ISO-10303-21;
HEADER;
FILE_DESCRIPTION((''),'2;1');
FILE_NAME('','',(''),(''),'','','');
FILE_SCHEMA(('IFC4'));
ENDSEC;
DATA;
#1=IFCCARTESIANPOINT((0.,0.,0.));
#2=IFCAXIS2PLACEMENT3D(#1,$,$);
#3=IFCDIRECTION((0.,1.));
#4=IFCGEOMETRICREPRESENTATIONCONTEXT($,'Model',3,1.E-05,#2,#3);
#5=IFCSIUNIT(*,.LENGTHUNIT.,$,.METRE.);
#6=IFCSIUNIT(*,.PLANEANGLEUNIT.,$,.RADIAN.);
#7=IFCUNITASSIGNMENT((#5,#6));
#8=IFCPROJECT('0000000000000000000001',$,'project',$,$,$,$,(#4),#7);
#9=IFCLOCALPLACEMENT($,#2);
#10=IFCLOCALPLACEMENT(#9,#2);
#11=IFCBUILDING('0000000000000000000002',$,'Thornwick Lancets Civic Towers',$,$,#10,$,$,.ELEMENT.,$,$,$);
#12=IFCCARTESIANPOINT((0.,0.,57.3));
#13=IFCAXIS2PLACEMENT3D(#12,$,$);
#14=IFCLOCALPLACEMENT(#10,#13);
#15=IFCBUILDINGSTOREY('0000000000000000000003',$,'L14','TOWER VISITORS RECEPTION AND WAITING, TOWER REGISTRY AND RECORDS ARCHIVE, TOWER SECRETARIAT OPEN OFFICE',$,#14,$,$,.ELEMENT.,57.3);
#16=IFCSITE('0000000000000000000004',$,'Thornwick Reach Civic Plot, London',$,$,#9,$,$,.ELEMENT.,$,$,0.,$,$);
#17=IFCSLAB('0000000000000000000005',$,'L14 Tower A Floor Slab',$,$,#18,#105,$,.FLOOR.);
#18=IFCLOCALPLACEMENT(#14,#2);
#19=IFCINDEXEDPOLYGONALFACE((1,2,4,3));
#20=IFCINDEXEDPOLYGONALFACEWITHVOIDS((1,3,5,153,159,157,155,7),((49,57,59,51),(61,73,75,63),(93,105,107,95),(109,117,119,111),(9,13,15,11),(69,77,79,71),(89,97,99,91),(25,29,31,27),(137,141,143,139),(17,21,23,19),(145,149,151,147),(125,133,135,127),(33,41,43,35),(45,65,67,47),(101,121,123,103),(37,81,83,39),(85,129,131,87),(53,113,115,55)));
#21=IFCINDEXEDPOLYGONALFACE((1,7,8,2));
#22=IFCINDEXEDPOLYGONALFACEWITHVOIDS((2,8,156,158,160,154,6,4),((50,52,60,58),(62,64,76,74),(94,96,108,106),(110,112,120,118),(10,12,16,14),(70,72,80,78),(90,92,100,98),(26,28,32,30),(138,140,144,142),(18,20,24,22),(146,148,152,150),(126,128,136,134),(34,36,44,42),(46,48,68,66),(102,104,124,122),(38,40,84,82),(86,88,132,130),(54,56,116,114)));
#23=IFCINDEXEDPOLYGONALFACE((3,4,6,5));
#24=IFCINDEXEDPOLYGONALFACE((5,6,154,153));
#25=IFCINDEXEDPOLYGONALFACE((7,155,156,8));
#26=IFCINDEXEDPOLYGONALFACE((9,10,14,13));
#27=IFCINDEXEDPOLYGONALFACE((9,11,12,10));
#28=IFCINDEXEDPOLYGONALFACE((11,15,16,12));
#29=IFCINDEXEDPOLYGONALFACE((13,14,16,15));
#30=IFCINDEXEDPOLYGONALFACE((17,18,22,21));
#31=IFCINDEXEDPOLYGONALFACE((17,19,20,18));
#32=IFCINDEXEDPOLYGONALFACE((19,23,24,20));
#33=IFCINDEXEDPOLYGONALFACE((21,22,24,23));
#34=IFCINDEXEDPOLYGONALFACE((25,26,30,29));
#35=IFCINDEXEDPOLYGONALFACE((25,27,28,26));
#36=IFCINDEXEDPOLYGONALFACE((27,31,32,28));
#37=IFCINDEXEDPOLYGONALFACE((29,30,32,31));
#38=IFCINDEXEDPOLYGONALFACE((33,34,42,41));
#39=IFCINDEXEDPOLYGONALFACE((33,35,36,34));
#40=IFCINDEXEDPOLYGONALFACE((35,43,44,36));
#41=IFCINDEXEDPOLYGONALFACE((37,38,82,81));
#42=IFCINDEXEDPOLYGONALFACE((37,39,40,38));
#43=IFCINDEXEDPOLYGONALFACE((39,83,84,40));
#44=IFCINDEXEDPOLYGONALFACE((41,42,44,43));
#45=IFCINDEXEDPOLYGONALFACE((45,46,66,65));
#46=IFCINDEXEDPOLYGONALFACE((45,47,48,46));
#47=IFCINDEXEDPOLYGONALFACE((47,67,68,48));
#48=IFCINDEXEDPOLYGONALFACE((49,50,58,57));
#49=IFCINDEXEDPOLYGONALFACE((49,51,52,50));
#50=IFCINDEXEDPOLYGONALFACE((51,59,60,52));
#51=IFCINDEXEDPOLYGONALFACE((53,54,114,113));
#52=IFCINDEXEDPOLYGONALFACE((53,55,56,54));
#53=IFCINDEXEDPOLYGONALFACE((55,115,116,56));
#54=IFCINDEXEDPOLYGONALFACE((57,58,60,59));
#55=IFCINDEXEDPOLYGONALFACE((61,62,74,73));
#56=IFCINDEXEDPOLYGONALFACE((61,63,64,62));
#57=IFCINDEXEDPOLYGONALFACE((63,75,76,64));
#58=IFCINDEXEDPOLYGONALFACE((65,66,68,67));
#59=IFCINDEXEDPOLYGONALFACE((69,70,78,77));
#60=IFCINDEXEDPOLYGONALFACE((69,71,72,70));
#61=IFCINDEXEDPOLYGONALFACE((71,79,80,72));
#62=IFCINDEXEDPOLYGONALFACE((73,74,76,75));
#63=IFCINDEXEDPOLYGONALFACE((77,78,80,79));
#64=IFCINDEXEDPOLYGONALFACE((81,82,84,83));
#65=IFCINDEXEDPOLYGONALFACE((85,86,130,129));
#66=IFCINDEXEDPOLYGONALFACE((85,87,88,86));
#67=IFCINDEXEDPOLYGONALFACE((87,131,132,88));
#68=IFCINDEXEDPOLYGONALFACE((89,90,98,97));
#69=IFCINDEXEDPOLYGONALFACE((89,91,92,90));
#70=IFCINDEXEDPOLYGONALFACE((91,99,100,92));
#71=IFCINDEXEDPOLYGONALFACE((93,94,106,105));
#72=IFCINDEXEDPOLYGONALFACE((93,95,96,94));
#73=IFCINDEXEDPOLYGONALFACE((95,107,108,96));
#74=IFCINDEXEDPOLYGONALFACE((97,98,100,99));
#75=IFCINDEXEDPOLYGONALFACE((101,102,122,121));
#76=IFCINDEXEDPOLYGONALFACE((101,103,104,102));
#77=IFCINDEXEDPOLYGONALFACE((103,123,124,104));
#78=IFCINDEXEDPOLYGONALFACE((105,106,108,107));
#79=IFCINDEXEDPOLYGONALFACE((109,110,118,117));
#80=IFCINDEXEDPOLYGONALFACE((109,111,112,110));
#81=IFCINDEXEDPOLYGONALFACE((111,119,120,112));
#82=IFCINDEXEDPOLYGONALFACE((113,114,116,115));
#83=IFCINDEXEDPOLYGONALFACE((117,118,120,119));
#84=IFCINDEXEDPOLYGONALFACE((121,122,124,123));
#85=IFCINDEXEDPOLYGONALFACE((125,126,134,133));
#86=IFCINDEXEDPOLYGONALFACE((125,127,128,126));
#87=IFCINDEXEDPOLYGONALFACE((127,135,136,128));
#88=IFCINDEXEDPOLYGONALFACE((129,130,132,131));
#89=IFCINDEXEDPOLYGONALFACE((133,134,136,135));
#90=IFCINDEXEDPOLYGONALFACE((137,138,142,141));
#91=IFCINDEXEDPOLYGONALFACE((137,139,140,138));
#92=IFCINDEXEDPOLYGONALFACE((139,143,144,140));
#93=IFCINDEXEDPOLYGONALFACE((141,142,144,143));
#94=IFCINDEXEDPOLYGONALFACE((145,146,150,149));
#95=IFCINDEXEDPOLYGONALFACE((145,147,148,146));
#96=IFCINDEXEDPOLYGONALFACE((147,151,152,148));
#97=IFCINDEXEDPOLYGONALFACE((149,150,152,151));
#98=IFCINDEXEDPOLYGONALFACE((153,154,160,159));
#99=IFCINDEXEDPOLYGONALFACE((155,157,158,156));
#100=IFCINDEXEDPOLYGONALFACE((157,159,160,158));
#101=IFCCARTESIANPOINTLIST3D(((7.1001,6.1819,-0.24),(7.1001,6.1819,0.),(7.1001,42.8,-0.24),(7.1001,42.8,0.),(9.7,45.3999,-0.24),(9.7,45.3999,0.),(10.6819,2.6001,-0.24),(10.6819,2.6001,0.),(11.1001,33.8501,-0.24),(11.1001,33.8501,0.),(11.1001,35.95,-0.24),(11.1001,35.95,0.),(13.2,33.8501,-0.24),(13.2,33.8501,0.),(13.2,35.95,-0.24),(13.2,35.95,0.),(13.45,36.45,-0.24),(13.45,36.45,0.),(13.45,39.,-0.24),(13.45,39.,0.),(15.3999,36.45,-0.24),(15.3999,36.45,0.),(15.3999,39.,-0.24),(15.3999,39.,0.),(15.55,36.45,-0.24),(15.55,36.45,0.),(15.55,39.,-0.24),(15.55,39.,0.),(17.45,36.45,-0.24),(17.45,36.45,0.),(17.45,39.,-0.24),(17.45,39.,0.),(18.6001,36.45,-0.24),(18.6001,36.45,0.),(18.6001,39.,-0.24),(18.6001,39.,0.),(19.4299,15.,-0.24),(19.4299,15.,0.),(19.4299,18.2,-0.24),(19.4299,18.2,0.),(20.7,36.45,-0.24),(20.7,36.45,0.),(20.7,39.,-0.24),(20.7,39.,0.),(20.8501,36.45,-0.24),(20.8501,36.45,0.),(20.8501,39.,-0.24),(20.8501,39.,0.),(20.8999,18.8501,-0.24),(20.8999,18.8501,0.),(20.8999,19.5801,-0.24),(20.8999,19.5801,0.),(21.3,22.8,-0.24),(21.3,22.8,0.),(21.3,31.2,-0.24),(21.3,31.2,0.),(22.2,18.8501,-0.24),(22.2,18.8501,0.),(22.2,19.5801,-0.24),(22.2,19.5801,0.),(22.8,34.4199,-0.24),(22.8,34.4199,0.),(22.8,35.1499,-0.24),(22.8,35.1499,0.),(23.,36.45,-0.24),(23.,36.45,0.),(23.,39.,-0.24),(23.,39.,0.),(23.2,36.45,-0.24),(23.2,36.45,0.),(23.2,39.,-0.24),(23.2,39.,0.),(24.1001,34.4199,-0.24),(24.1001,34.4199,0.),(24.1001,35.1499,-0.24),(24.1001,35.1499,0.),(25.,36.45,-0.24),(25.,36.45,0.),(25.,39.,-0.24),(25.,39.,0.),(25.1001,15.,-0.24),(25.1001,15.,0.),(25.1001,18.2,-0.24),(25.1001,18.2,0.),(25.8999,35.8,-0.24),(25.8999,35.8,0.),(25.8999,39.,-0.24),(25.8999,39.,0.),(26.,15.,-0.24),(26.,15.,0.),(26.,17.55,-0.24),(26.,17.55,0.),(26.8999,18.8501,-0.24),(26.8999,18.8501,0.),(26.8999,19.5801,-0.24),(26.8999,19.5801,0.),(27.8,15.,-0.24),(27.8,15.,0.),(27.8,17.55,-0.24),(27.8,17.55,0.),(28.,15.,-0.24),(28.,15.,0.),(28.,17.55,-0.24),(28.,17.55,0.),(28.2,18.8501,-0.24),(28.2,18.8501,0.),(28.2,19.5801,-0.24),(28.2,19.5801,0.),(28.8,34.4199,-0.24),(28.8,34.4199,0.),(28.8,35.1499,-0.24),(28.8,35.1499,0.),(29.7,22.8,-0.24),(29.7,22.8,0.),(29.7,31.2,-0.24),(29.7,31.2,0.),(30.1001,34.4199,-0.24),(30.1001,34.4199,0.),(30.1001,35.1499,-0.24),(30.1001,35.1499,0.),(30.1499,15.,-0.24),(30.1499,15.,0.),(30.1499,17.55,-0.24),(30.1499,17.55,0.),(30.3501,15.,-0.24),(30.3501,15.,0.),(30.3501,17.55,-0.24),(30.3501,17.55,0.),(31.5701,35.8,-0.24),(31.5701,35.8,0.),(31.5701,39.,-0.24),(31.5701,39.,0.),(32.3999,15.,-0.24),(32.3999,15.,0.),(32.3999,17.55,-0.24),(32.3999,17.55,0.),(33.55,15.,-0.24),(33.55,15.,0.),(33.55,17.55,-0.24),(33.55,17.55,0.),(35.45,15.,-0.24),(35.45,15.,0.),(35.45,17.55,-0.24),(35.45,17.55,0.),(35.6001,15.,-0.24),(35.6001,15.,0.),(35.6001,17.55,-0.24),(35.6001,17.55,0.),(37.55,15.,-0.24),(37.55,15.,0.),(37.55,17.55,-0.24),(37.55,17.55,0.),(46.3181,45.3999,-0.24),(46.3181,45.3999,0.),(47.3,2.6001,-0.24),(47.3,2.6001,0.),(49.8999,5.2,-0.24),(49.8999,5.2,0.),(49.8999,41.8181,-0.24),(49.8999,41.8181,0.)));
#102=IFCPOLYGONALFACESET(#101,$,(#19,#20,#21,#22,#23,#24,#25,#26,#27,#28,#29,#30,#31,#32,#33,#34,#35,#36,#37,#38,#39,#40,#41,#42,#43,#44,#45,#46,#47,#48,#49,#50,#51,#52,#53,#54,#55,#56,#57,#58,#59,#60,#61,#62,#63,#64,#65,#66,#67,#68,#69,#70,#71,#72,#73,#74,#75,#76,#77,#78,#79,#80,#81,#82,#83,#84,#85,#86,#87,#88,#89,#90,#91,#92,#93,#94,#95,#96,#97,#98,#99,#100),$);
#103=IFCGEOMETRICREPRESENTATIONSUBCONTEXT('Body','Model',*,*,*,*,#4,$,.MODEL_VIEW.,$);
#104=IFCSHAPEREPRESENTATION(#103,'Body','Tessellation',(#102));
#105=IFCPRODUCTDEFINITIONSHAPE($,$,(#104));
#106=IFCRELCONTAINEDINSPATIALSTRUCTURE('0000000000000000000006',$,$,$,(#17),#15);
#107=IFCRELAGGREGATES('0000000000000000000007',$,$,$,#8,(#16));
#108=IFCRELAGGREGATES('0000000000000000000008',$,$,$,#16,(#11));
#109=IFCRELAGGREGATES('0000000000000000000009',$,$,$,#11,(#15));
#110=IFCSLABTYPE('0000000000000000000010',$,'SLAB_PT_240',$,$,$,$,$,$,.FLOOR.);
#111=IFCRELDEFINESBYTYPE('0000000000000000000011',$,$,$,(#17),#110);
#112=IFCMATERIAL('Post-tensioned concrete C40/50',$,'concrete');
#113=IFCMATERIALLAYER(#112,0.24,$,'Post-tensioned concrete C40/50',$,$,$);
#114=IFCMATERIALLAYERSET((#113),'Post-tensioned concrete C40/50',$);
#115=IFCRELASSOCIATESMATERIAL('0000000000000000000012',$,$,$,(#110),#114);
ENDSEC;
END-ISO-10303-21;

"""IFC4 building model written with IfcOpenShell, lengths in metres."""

from ifc_helpers import new_model, si_unit, direction, frame, origin, place, context, subcontext, project, spatial, polyline, outline, extrude, material, layer, layer_set, type_object, element, save


model = new_model("IFC4")

# Units and contexts
model_context = context("Model", 3, precision=1e-05, world=origin(), true_north=direction((0.0, 1.0)))
body_context = subcontext(model_context, "Body", "Model", "MODEL_VIEW")
ifc_project = project(units=[si_unit("LENGTHUNIT", "METRE"), si_unit("PLANEANGLEUNIT", "RADIAN")], contexts=[model_context])

# Site, building, storey
site_placement = place(None, origin())
site = spatial("IfcSite", under=ifc_project, at=site_placement, Name="Thornwick Reach Civic Plot, London", CompositionType="ELEMENT", RefElevation=0.0)
building_placement = place(site_placement, origin())
building = spatial("IfcBuilding", under=site, at=building_placement, Name="Thornwick Lancets Civic Towers", CompositionType="ELEMENT")
storey_placement = place(building_placement, frame((0.0, 0.0, 57.3)))
storey = spatial("IfcBuildingStorey", under=building, at=storey_placement, Name="L14", Description="TOWER VISITORS RECEPTION AND WAITING, TOWER REGISTRY AND RECORDS ARCHIVE, TOWER SECRETARIAT OPEN OFFICE", CompositionType="ELEMENT", Elevation=57.3)

# Shared definitions
ifc_material_1 = material(Name="Post-tensioned concrete C40/50", Category="concrete")

# Slab
ifc_layer_1 = layer(ifc_material_1, 0.24, Name="Post-tensioned concrete C40/50")
ifc_layer_set_1 = layer_set([ifc_layer_1], Name="Post-tensioned concrete C40/50")
slab_type_1 = type_object("IfcSlabType", Name="SLAB_PT_240", PredefinedType="FLOOR", material=ifc_layer_set_1)
slab_1_placement = place(storey_placement, frame((0.0, 0.0, -0.24)))
element("IfcSlab", 1, at=slab_1_placement, inside=storey, type_object=slab_type_1, Name="L14 Tower A Floor Slab", PredefinedType="FLOOR", context=body_context, shape_type="SweptSolid", body=[
    extrude(outline(polyline([(10.6819, 2.6001), (47.3, 2.6001), (49.8999, 5.2), (49.8999, 41.8181), (46.3181, 45.3999), (9.7, 45.3999), (7.1001, 42.8), (7.1001, 6.1819), (10.6819, 2.6001)]), holes=[polyline([(21.3, 22.8), (29.7, 22.8), (29.7, 31.2), (21.3, 31.2), (21.3, 22.8)]), polyline([(19.4299, 15.0), (25.1001, 15.0), (25.1001, 18.2), (19.4299, 18.2), (19.4299, 15.0)]), polyline([(31.5701, 39.0), (25.8999, 39.0), (25.8999, 35.8), (31.5701, 35.8), (31.5701, 39.0)]), polyline([(26.0, 15.0), (27.8, 15.0), (27.8, 17.55), (26.0, 17.55), (26.0, 15.0)]), polyline([(28.0, 15.0), (30.1499, 15.0), (30.1499, 17.55), (28.0, 17.55), (28.0, 15.0)]), polyline([(30.3501, 15.0), (32.3999, 15.0), (32.3999, 17.55), (30.3501, 17.55), (30.3501, 15.0)]), polyline([(33.55, 15.0), (35.45, 15.0), (35.45, 17.55), (33.55, 17.55), (33.55, 15.0)]), polyline([(35.6001, 15.0), (37.55, 15.0), (37.55, 17.55), (35.6001, 17.55), (35.6001, 15.0)]), polyline([(23.2, 36.45), (25.0, 36.45), (25.0, 39.0), (23.2, 39.0), (23.2, 36.45)]), polyline([(20.8501, 36.45), (23.0, 36.45), (23.0, 39.0), (20.8501, 39.0), (20.8501, 36.45)]), polyline([(18.6001, 36.45), (20.7, 36.45), (20.7, 39.0), (18.6001, 39.0), (18.6001, 36.45)]), polyline([(15.55, 36.45), (17.45, 36.45), (17.45, 39.0), (15.55, 39.0), (15.55, 36.45)]), polyline([(13.45, 36.45), (15.3999, 36.45), (15.3999, 39.0), (13.45, 39.0), (13.45, 36.45)]), polyline([(11.1001, 33.8501), (13.2, 33.8501), (13.2, 35.95), (11.1001, 35.95), (11.1001, 33.8501)]), polyline([(26.8999, 18.8501), (28.2, 18.8501), (28.2, 19.5801), (26.8999, 19.5801), (26.8999, 18.8501)]), polyline([(20.8999, 18.8501), (22.2, 18.8501), (22.2, 19.5801), (20.8999, 19.5801), (20.8999, 18.8501)]), polyline([(22.8, 34.4199), (24.1001, 34.4199), (24.1001, 35.1499), (22.8, 35.1499), (22.8, 34.4199)]), polyline([(28.8, 34.4199), (30.1001, 34.4199), (30.1001, 35.1499), (28.8, 35.1499), (28.8, 34.4199)])]), origin(), (0.0, 0.0, 1.0), 0.24),
])

save(model, "model.ifc")
